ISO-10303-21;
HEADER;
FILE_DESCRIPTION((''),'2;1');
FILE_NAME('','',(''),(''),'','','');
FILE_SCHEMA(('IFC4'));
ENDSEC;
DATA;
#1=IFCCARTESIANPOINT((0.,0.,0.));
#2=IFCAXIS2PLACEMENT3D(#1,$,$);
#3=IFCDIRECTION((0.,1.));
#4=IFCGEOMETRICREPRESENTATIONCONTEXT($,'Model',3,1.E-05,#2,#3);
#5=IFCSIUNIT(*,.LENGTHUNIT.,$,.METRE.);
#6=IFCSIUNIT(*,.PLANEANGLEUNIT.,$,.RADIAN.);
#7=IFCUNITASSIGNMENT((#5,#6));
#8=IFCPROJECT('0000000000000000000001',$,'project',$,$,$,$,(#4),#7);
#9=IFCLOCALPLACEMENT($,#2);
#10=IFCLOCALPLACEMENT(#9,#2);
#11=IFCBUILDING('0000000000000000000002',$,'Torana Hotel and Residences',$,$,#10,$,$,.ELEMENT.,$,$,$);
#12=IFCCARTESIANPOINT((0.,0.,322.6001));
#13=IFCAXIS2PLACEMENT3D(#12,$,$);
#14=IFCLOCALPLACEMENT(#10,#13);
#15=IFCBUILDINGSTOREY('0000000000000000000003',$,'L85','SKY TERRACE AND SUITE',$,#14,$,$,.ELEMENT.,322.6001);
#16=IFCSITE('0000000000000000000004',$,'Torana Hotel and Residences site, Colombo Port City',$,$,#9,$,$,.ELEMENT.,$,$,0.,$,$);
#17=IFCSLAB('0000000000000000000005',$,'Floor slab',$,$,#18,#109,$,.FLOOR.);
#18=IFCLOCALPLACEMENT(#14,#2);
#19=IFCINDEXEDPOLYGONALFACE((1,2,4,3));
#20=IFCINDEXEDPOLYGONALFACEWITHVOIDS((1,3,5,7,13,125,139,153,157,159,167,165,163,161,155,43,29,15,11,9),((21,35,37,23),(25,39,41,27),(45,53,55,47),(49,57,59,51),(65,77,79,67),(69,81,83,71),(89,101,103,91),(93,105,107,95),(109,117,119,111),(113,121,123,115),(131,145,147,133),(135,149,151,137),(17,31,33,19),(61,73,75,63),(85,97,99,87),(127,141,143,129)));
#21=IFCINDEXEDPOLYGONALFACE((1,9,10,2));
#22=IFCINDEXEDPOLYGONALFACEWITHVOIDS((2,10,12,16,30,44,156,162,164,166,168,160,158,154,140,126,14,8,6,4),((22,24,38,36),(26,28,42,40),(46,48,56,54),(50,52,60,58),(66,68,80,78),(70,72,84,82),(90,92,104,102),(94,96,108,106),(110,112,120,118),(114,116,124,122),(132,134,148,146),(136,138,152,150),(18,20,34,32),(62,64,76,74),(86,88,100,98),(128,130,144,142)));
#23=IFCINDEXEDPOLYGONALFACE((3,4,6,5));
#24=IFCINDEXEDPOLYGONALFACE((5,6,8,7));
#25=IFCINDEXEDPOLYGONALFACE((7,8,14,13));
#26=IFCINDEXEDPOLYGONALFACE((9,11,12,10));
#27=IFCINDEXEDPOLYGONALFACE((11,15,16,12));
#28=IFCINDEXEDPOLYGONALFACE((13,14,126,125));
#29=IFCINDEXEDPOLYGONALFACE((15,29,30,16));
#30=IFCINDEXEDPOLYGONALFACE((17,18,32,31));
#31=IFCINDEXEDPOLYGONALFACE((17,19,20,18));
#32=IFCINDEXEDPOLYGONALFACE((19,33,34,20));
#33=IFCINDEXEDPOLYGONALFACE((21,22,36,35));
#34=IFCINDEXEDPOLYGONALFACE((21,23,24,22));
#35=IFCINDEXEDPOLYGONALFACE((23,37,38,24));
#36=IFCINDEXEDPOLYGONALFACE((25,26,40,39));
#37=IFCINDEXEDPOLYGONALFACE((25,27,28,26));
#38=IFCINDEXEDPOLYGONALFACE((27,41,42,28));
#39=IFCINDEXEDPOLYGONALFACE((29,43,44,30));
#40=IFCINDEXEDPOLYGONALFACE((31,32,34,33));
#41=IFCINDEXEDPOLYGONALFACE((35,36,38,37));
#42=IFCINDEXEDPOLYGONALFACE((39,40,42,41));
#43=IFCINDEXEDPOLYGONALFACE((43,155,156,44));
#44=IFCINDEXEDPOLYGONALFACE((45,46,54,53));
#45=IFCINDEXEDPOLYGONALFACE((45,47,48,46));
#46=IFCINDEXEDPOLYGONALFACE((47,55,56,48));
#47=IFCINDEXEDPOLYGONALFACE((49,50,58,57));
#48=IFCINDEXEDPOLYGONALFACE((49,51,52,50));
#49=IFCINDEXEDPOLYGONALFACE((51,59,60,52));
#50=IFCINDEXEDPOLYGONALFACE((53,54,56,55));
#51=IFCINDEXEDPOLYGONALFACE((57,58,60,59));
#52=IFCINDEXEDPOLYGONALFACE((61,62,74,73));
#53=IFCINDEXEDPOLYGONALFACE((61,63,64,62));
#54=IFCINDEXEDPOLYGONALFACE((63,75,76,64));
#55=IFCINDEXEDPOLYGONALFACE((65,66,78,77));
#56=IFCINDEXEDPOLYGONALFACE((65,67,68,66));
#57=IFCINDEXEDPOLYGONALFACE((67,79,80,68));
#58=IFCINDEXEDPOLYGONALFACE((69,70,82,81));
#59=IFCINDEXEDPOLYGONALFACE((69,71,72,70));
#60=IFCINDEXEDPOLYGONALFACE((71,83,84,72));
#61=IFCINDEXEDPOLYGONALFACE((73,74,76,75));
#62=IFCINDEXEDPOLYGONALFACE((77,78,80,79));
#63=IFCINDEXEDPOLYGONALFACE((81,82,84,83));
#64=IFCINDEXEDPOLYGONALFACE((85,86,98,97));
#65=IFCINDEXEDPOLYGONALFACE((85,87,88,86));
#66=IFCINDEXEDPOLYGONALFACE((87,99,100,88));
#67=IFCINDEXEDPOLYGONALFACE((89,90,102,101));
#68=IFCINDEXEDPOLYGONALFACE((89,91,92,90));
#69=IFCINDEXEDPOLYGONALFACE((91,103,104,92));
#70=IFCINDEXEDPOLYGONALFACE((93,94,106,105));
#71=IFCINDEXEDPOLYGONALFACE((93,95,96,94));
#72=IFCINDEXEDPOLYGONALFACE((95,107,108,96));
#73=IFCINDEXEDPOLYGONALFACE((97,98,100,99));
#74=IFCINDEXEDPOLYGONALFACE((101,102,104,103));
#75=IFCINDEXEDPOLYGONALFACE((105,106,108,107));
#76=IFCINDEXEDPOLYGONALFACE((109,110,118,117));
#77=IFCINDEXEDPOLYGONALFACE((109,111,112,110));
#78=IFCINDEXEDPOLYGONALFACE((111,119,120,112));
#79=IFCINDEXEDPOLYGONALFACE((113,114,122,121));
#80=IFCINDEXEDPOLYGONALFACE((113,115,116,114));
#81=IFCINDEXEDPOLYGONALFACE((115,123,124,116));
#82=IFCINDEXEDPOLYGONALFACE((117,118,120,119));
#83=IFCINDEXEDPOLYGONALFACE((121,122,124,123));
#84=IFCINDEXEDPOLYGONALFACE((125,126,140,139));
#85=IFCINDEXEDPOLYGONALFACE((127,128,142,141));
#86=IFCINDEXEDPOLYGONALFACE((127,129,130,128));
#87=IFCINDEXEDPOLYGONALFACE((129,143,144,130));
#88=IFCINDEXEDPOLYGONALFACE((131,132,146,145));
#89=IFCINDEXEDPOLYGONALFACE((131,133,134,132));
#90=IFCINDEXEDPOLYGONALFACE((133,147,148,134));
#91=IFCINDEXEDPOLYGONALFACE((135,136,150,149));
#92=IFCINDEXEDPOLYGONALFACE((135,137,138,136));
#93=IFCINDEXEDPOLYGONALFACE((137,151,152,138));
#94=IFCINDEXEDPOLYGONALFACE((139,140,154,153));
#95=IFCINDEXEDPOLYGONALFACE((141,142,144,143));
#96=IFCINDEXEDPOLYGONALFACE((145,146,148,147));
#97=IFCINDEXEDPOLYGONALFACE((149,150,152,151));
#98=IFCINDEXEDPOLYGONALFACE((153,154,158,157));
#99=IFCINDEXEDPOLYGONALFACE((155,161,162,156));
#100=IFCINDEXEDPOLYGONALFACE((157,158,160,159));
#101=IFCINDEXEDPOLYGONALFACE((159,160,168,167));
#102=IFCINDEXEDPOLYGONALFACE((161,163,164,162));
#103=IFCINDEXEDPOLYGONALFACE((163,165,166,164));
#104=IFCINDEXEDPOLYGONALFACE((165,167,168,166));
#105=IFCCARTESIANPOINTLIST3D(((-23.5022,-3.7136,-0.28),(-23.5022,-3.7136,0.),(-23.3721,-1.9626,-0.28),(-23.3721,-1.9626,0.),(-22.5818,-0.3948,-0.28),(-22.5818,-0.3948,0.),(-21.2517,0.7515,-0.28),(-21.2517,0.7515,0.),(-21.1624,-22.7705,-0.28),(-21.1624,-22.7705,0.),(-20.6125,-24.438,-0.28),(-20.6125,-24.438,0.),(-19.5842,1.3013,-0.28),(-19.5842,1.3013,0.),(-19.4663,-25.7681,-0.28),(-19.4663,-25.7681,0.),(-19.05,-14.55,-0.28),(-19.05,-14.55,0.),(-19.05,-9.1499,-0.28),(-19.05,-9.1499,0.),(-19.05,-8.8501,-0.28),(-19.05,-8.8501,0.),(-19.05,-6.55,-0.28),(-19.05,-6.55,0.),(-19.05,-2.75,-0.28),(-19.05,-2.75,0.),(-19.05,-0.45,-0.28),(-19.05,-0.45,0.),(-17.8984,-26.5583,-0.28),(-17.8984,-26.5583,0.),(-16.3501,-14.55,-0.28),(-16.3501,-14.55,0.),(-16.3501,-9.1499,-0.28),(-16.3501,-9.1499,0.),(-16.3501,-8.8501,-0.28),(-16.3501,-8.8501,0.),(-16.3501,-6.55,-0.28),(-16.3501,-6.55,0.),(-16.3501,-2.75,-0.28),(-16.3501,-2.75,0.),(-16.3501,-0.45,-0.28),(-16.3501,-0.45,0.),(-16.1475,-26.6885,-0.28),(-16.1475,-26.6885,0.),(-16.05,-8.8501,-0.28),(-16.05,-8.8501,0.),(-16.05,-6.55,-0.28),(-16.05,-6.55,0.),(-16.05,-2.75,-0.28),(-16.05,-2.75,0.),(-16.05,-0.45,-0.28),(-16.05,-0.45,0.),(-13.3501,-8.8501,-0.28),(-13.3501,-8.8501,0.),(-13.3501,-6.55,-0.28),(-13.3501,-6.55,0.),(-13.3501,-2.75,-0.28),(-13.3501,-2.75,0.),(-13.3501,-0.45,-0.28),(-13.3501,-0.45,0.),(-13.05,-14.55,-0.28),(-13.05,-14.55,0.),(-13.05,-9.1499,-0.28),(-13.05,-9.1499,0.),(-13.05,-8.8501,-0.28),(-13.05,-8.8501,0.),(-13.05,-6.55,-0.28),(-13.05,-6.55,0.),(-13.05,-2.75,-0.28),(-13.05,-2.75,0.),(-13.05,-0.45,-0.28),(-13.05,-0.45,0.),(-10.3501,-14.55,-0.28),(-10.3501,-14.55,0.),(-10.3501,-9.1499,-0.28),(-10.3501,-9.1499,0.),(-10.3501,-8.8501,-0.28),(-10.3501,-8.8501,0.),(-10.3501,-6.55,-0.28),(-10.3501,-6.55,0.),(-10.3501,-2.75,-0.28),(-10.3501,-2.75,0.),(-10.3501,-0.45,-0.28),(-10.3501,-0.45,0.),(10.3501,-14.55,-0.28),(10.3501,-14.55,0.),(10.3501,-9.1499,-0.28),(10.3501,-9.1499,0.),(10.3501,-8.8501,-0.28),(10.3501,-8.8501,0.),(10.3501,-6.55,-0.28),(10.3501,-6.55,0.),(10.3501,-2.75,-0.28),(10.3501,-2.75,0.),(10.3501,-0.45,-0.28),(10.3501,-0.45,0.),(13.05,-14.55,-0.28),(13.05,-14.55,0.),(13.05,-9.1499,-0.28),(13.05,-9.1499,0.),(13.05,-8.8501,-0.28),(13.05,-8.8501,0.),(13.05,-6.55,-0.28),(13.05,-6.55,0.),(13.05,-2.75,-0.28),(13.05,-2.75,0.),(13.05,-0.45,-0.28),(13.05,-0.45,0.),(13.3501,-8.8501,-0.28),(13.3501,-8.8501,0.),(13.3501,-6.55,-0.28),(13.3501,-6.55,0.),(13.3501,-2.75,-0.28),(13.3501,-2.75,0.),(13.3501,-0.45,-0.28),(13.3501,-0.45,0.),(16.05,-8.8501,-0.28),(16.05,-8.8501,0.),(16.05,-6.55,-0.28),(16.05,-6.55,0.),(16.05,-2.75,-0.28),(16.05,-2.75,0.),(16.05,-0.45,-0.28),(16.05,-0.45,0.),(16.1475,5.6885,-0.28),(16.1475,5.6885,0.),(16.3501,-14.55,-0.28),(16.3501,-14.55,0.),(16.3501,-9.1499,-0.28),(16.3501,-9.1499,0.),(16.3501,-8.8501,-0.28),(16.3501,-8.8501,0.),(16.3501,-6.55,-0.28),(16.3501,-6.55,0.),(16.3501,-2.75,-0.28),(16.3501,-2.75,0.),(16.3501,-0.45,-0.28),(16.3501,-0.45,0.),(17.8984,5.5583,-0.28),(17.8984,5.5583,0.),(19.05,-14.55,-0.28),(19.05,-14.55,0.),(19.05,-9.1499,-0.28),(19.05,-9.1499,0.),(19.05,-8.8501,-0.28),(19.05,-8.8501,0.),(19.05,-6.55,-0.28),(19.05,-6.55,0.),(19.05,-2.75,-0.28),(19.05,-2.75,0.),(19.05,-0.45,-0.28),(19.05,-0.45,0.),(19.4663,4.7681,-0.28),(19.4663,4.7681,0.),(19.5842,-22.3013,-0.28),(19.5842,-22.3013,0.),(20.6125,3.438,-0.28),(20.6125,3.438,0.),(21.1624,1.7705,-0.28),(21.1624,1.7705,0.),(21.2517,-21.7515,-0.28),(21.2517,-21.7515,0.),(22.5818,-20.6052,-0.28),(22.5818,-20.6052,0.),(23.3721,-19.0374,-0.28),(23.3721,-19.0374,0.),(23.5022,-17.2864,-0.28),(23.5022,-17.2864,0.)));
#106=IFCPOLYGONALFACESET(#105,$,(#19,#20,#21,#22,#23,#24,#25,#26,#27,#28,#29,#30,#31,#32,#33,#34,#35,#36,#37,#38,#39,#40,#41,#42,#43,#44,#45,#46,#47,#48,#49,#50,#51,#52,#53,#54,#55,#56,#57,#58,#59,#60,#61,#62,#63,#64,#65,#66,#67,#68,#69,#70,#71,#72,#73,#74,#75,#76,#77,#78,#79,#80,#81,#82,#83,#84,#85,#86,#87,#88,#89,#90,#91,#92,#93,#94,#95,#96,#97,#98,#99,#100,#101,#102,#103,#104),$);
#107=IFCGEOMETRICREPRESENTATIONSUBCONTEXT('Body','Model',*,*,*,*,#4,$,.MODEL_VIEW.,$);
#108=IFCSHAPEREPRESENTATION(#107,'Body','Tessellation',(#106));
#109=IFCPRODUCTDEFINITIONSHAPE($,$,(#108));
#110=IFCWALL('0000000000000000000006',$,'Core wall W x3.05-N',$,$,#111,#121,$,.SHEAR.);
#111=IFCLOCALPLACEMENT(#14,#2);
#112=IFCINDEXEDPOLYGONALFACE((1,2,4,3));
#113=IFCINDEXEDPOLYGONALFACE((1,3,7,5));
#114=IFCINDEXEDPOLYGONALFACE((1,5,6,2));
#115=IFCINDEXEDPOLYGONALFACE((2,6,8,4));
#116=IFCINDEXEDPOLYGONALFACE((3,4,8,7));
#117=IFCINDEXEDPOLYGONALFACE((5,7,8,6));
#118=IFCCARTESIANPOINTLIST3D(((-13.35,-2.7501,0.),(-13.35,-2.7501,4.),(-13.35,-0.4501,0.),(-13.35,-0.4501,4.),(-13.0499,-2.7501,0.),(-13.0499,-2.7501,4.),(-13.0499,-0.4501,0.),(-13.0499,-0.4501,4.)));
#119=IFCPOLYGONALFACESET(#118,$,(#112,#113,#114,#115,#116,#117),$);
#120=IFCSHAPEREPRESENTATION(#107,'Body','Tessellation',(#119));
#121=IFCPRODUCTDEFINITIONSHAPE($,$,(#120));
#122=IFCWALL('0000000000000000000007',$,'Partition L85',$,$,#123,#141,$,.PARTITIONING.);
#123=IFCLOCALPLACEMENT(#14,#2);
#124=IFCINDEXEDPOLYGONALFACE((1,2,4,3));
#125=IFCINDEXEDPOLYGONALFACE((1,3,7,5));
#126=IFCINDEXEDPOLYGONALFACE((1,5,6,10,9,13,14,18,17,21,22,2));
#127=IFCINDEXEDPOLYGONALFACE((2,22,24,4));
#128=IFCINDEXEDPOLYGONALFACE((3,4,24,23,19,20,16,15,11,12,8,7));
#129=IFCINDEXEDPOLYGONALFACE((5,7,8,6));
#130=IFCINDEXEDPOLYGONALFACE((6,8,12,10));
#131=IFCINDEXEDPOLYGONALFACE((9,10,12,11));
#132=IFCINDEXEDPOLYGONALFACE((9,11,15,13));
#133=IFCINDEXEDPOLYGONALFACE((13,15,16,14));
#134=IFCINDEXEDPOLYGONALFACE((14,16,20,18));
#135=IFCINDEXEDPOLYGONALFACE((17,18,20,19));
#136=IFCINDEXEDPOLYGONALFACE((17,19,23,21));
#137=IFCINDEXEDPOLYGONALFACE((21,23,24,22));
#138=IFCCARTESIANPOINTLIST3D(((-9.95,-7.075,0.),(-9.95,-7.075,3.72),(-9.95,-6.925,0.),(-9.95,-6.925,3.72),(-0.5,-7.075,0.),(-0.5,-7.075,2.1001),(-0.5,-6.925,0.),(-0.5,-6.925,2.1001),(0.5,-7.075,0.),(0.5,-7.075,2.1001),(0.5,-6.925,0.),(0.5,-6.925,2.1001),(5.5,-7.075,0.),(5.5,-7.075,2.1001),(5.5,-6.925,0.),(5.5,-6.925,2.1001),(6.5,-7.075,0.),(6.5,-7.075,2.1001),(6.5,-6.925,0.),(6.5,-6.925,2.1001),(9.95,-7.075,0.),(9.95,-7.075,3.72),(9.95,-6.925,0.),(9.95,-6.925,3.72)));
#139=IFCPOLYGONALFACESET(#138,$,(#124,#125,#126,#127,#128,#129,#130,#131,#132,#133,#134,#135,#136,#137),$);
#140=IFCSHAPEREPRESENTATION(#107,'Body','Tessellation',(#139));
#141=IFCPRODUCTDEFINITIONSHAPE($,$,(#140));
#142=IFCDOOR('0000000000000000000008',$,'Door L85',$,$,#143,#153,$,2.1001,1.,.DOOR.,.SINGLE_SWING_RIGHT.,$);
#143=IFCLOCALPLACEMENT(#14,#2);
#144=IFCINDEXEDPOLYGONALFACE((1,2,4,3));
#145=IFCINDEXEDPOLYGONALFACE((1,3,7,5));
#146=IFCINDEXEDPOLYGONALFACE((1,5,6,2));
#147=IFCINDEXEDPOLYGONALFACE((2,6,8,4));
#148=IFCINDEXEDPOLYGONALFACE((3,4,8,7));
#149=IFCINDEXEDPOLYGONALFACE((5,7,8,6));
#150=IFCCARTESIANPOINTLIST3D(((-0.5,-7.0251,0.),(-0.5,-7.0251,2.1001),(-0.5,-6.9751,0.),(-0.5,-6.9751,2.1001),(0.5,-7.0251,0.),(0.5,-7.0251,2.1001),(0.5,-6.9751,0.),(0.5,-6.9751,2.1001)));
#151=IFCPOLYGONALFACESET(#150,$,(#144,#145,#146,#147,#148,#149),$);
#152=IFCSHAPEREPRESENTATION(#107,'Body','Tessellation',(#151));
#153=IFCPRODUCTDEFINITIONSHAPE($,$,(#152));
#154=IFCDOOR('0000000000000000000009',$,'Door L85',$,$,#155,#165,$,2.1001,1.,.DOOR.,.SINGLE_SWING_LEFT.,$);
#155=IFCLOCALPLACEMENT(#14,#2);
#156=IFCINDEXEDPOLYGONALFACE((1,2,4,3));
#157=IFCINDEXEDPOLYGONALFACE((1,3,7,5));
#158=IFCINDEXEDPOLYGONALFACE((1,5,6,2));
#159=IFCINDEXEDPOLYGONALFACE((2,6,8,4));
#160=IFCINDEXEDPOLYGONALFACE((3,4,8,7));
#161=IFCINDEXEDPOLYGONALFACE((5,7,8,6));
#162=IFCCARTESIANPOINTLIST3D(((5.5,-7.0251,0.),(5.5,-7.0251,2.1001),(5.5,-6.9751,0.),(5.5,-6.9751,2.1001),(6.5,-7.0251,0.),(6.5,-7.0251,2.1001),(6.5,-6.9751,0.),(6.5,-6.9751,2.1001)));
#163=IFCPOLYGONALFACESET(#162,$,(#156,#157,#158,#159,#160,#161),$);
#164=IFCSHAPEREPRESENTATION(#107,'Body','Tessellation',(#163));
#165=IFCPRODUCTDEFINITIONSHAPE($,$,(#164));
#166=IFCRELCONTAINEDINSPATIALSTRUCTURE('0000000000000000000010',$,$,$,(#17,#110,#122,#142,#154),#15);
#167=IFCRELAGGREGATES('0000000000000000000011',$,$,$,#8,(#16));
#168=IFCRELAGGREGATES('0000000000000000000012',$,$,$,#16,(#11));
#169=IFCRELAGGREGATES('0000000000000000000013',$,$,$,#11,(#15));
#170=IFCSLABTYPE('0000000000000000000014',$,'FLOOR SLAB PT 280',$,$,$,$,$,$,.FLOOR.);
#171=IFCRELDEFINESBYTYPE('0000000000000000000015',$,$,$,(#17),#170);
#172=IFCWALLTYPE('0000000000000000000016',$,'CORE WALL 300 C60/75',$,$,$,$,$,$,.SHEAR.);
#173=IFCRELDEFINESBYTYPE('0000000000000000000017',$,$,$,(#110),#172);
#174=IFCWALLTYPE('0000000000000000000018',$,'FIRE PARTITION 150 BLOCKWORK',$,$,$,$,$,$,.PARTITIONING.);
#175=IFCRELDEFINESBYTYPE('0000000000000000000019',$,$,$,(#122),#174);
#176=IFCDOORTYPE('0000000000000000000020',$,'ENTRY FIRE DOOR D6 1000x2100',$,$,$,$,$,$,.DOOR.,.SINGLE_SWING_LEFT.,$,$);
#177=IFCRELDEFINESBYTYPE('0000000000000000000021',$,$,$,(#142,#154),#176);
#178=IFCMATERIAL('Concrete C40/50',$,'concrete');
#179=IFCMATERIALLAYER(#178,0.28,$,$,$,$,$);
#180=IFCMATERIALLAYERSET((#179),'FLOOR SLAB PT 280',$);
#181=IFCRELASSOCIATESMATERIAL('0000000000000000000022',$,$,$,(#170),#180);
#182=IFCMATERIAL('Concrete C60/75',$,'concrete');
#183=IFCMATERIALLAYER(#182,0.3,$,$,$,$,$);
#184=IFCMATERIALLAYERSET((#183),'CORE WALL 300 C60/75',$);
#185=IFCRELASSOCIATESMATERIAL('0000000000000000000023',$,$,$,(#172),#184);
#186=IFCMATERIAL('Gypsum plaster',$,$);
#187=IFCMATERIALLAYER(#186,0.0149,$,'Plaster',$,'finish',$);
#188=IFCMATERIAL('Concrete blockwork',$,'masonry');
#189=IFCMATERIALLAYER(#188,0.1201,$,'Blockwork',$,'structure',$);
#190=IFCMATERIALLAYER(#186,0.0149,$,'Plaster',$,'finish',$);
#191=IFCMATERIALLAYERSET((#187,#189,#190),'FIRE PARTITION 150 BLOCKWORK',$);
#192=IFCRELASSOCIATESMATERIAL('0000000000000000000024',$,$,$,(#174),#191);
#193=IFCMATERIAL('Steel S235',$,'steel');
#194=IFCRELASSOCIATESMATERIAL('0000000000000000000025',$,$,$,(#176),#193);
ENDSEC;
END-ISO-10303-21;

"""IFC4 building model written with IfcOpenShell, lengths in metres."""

from ifc_helpers import new_model, si_unit, direction, frame, frame_2d, origin, place, context, subcontext, project, spatial, polyline, rectangle, outline, extrude, material, layer, layer_set, type_object, element, fill, save


model = new_model("IFC4")

# Units and contexts
model_context = context("Model", 3, precision=1e-05, world=origin(), true_north=direction((0.0, 1.0)))
body_context = subcontext(model_context, "Body", "Model", "MODEL_VIEW")
ifc_project = project(units=[si_unit("LENGTHUNIT", "METRE"), si_unit("PLANEANGLEUNIT", "RADIAN")], contexts=[model_context])

# Site, building, storey
site_placement = place(None, origin())
site = spatial("IfcSite", under=ifc_project, at=site_placement, Name="Torana Hotel and Residences site, Colombo Port City", CompositionType="ELEMENT", RefElevation=0.0)
building_placement = place(site_placement, origin())
building = spatial("IfcBuilding", under=site, at=building_placement, Name="Torana Hotel and Residences", CompositionType="ELEMENT")
storey_placement = place(building_placement, frame((0.0, 0.0, 322.6001)))
storey = spatial("IfcBuildingStorey", under=building, at=storey_placement, Name="L85", Description="SKY TERRACE AND SUITE", CompositionType="ELEMENT", Elevation=322.6001)

# Slab
ifc_material_1 = material(Name="Concrete C40/50", Category="concrete")
ifc_layer_1 = layer(ifc_material_1, 0.28)
ifc_layer_set_1 = layer_set([ifc_layer_1], Name="FLOOR SLAB PT 280")
slab_type_1 = type_object("IfcSlabType", Name="FLOOR SLAB PT 280", PredefinedType="FLOOR", material=ifc_layer_set_1)
slab_1_placement = place(storey_placement, frame((0.0, 0.0, -0.28)))
element("IfcSlab", 1, at=slab_1_placement, inside=storey, type_object=slab_type_1, Name="Floor slab", PredefinedType="FLOOR", context=body_context, shape_type="SweptSolid", body=[
    extrude(outline(polyline([(21.1624, 1.7705), (20.6125, 3.438), (19.4663, 4.7681), (17.8984, 5.5583), (16.1475, 5.6885), (-19.5842, 1.3013), (-21.2517, 0.7515), (-22.5818, -0.3948), (-23.3721, -1.9626), (-23.5022, -3.7136), (-21.1624, -22.7705), (-20.6125, -24.438), (-19.4663, -25.7681), (-17.8984, -26.5583), (-16.1475, -26.6885), (19.5842, -22.3013), (21.2517, -21.7515), (22.5818, -20.6052), (23.3721, -19.0374), (23.5022, -17.2864), (21.1624, 1.7705)]), holes=[polyline([(-13.05, -14.55), (-10.3501, -14.55), (-10.3501, -9.1499), (-13.05, -9.1499), (-13.05, -14.55)]), polyline([(-19.05, -14.55), (-16.3501, -14.55), (-16.3501, -9.1499), (-19.05, -9.1499), (-19.05, -14.55)]), polyline([(-19.05, -2.75), (-16.3501, -2.75), (-16.3501, -0.45), (-19.05, -0.45), (-19.05, -2.75)]), polyline([(-13.05, -2.75), (-10.3501, -2.75), (-10.3501, -0.45), (-13.05, -0.45), (-13.05, -2.75)]), polyline([(-16.05, -2.75), (-13.3501, -2.75), (-13.3501, -0.45), (-16.05, -0.45), (-16.05, -2.75)]), polyline([(-13.05, -8.8501), (-10.3501, -8.8501), (-10.3501, -6.55), (-13.05, -6.55), (-13.05, -8.8501)]), polyline([(-16.05, -8.8501), (-13.3501, -8.8501), (-13.3501, -6.55), (-16.05, -6.55), (-16.05, -8.8501)]), polyline([(-19.05, -8.8501), (-16.3501, -8.8501), (-16.3501, -6.55), (-19.05, -6.55), (-19.05, -8.8501)]), polyline([(10.3501, -14.55), (13.05, -14.55), (13.05, -9.1499), (10.3501, -9.1499), (10.3501, -14.55)]), polyline([(16.3501, -14.55), (19.05, -14.55), (19.05, -9.1499), (16.3501, -9.1499), (16.3501, -14.55)]), polyline([(16.3501, -2.75), (19.05, -2.75), (19.05, -0.45), (16.3501, -0.45), (16.3501, -2.75)]), polyline([(10.3501, -2.75), (13.05, -2.75), (13.05, -0.45), (10.3501, -0.45), (10.3501, -2.75)]), polyline([(13.3501, -2.75), (16.05, -2.75), (16.05, -0.45), (13.3501, -0.45), (13.3501, -2.75)]), polyline([(10.3501, -8.8501), (13.05, -8.8501), (13.05, -6.55), (10.3501, -6.55), (10.3501, -8.8501)]), polyline([(13.3501, -8.8501), (16.05, -8.8501), (16.05, -6.55), (13.3501, -6.55), (13.3501, -8.8501)]), polyline([(16.3501, -8.8501), (19.05, -8.8501), (19.05, -6.55), (16.3501, -6.55), (16.3501, -8.8501)])]), origin(), (0.0, 0.0, 1.0), 0.28),
])

# Wall
ifc_material_2 = material(Name="Concrete C60/75", Category="concrete")
ifc_layer_2 = layer(ifc_material_2, 0.3)
ifc_layer_set_2 = layer_set([ifc_layer_2], Name="CORE WALL 300 C60/75")
wall_type_1 = type_object("IfcWallType", Name="CORE WALL 300 C60/75", PredefinedType="SHEAR", material=ifc_layer_set_2)
wall_1_placement = place(storey_placement, frame((-13.2, -2.75, 0.0), z_axis=(0.0, 0.0, 1.0), x_axis=(0.0, 1.0, 0.0)))
element("IfcWall", 2, at=wall_1_placement, inside=storey, type_object=wall_type_1, Name="Core wall W x3.05-N", PredefinedType="SHEAR", context=body_context, shape_type="SweptSolid", body=[
    extrude(rectangle(XDim=2.3, YDim=0.3, at=frame_2d((1.1499, 0.0))), origin(), (0.0, 0.0, 1.0), 4.0),
])

# Wall, openings, doors
ifc_material_3 = material(Name="Gypsum plaster")
ifc_layer_3 = layer(ifc_material_3, 0.0149, Name="Plaster", Category="finish")
ifc_material_4 = material(Name="Concrete blockwork", Category="masonry")
ifc_layer_4 = layer(ifc_material_4, 0.1201, Name="Blockwork", Category="structure")
ifc_layer_5 = layer(ifc_material_3, 0.0149, Name="Plaster", Category="finish")
ifc_layer_set_3 = layer_set([ifc_layer_3, ifc_layer_4, ifc_layer_5], Name="FIRE PARTITION 150 BLOCKWORK")
wall_type_2 = type_object("IfcWallType", Name="FIRE PARTITION 150 BLOCKWORK", PredefinedType="PARTITIONING", material=ifc_layer_set_3)
wall_2_placement = place(storey_placement, frame((-9.95, -7.0, 0.0), z_axis=(0.0, 0.0, 1.0), x_axis=(1.0, 0.0, 0.0)))
wall_2 = element("IfcWall", 3, at=wall_2_placement, inside=storey, type_object=wall_type_2, Name="Partition L85", PredefinedType="PARTITIONING", context=body_context, shape_type="SweptSolid", body=[
    extrude(rectangle(XDim=19.8999, YDim=0.1499, at=frame_2d((9.95, 0.0))), origin(), (0.0, 0.0, 1.0), 3.72),
])
opening_1_placement = place(wall_2_placement, frame((9.45, 0.0, 0.0)))
opening_1 = element("IfcOpeningElement", 4, at=opening_1_placement, cuts=wall_2, PredefinedType="OPENING", context=body_context, shape_type="SweptSolid", body=[
    extrude(rectangle(XDim=1.0, YDim=2.1001, at=frame_2d((0.5, 1.05))), frame((0.0, 0.085, 0.0), z_axis=(0.0, -1.0, 0.0), x_axis=(1.0, 0.0, 0.0)), (0.0, 0.0, 1.0), 0.1699),
])
opening_2_placement = place(wall_2_placement, frame((15.45, 0.0, 0.0)))
opening_2 = element("IfcOpeningElement", 5, at=opening_2_placement, cuts=wall_2, PredefinedType="OPENING", context=body_context, shape_type="SweptSolid", body=[
    extrude(rectangle(XDim=1.0, YDim=2.1001, at=frame_2d((0.5, 1.05))), frame((0.0, 0.085, 0.0), z_axis=(0.0, -1.0, 0.0), x_axis=(1.0, 0.0, 0.0)), (0.0, 0.0, 1.0), 0.1699),
])
ifc_material_5 = material(Name="Steel S235", Category="steel")
door_type = type_object("IfcDoorType", Name="ENTRY FIRE DOOR D6 1000x2100", OperationType="SINGLE_SWING_LEFT", PredefinedType="DOOR", material=ifc_material_5)
door_1_placement = place(opening_1_placement, origin())
door_1 = element("IfcDoor", 6, at=door_1_placement, inside=storey, type_object=door_type, Name="Door L85", OperationType="SINGLE_SWING_RIGHT", OverallHeight=2.1001, OverallWidth=1.0, PredefinedType="DOOR", context=body_context, shape_type="SweptSolid", body=[
    extrude(rectangle(XDim=1.0, YDim=2.1001, at=frame_2d((0.5, 1.05))), frame((0.0, 0.0249, 0.0), z_axis=(0.0, -1.0, 0.0), x_axis=(1.0, 0.0, 0.0)), (0.0, 0.0, 1.0), 0.05),
])
fill(opening_1, door_1)
door_2_placement = place(opening_2_placement, frame((0.5, 0.0, 0.0), z_axis=(0.0, 0.0, 1.0), x_axis=(-1.0, 0.0, 0.0)))
door_2 = element("IfcDoor", 7, at=door_2_placement, inside=storey, type_object=door_type, Name="Door L85", OperationType="SINGLE_SWING_LEFT", OverallHeight=2.1001, OverallWidth=1.0, PredefinedType="DOOR", context=body_context, shape_type="SweptSolid", body=[
    extrude(rectangle(XDim=1.0, YDim=2.1001, at=frame_2d((0.0, 1.05))), frame((0.0, -0.0249, 0.0), z_axis=(0.0, 1.0, 0.0), x_axis=(-1.0, 0.0, 0.0)), (0.0, 0.0, 1.0), 0.05),
])
fill(opening_2, door_2)

save(model, "model.ifc")
